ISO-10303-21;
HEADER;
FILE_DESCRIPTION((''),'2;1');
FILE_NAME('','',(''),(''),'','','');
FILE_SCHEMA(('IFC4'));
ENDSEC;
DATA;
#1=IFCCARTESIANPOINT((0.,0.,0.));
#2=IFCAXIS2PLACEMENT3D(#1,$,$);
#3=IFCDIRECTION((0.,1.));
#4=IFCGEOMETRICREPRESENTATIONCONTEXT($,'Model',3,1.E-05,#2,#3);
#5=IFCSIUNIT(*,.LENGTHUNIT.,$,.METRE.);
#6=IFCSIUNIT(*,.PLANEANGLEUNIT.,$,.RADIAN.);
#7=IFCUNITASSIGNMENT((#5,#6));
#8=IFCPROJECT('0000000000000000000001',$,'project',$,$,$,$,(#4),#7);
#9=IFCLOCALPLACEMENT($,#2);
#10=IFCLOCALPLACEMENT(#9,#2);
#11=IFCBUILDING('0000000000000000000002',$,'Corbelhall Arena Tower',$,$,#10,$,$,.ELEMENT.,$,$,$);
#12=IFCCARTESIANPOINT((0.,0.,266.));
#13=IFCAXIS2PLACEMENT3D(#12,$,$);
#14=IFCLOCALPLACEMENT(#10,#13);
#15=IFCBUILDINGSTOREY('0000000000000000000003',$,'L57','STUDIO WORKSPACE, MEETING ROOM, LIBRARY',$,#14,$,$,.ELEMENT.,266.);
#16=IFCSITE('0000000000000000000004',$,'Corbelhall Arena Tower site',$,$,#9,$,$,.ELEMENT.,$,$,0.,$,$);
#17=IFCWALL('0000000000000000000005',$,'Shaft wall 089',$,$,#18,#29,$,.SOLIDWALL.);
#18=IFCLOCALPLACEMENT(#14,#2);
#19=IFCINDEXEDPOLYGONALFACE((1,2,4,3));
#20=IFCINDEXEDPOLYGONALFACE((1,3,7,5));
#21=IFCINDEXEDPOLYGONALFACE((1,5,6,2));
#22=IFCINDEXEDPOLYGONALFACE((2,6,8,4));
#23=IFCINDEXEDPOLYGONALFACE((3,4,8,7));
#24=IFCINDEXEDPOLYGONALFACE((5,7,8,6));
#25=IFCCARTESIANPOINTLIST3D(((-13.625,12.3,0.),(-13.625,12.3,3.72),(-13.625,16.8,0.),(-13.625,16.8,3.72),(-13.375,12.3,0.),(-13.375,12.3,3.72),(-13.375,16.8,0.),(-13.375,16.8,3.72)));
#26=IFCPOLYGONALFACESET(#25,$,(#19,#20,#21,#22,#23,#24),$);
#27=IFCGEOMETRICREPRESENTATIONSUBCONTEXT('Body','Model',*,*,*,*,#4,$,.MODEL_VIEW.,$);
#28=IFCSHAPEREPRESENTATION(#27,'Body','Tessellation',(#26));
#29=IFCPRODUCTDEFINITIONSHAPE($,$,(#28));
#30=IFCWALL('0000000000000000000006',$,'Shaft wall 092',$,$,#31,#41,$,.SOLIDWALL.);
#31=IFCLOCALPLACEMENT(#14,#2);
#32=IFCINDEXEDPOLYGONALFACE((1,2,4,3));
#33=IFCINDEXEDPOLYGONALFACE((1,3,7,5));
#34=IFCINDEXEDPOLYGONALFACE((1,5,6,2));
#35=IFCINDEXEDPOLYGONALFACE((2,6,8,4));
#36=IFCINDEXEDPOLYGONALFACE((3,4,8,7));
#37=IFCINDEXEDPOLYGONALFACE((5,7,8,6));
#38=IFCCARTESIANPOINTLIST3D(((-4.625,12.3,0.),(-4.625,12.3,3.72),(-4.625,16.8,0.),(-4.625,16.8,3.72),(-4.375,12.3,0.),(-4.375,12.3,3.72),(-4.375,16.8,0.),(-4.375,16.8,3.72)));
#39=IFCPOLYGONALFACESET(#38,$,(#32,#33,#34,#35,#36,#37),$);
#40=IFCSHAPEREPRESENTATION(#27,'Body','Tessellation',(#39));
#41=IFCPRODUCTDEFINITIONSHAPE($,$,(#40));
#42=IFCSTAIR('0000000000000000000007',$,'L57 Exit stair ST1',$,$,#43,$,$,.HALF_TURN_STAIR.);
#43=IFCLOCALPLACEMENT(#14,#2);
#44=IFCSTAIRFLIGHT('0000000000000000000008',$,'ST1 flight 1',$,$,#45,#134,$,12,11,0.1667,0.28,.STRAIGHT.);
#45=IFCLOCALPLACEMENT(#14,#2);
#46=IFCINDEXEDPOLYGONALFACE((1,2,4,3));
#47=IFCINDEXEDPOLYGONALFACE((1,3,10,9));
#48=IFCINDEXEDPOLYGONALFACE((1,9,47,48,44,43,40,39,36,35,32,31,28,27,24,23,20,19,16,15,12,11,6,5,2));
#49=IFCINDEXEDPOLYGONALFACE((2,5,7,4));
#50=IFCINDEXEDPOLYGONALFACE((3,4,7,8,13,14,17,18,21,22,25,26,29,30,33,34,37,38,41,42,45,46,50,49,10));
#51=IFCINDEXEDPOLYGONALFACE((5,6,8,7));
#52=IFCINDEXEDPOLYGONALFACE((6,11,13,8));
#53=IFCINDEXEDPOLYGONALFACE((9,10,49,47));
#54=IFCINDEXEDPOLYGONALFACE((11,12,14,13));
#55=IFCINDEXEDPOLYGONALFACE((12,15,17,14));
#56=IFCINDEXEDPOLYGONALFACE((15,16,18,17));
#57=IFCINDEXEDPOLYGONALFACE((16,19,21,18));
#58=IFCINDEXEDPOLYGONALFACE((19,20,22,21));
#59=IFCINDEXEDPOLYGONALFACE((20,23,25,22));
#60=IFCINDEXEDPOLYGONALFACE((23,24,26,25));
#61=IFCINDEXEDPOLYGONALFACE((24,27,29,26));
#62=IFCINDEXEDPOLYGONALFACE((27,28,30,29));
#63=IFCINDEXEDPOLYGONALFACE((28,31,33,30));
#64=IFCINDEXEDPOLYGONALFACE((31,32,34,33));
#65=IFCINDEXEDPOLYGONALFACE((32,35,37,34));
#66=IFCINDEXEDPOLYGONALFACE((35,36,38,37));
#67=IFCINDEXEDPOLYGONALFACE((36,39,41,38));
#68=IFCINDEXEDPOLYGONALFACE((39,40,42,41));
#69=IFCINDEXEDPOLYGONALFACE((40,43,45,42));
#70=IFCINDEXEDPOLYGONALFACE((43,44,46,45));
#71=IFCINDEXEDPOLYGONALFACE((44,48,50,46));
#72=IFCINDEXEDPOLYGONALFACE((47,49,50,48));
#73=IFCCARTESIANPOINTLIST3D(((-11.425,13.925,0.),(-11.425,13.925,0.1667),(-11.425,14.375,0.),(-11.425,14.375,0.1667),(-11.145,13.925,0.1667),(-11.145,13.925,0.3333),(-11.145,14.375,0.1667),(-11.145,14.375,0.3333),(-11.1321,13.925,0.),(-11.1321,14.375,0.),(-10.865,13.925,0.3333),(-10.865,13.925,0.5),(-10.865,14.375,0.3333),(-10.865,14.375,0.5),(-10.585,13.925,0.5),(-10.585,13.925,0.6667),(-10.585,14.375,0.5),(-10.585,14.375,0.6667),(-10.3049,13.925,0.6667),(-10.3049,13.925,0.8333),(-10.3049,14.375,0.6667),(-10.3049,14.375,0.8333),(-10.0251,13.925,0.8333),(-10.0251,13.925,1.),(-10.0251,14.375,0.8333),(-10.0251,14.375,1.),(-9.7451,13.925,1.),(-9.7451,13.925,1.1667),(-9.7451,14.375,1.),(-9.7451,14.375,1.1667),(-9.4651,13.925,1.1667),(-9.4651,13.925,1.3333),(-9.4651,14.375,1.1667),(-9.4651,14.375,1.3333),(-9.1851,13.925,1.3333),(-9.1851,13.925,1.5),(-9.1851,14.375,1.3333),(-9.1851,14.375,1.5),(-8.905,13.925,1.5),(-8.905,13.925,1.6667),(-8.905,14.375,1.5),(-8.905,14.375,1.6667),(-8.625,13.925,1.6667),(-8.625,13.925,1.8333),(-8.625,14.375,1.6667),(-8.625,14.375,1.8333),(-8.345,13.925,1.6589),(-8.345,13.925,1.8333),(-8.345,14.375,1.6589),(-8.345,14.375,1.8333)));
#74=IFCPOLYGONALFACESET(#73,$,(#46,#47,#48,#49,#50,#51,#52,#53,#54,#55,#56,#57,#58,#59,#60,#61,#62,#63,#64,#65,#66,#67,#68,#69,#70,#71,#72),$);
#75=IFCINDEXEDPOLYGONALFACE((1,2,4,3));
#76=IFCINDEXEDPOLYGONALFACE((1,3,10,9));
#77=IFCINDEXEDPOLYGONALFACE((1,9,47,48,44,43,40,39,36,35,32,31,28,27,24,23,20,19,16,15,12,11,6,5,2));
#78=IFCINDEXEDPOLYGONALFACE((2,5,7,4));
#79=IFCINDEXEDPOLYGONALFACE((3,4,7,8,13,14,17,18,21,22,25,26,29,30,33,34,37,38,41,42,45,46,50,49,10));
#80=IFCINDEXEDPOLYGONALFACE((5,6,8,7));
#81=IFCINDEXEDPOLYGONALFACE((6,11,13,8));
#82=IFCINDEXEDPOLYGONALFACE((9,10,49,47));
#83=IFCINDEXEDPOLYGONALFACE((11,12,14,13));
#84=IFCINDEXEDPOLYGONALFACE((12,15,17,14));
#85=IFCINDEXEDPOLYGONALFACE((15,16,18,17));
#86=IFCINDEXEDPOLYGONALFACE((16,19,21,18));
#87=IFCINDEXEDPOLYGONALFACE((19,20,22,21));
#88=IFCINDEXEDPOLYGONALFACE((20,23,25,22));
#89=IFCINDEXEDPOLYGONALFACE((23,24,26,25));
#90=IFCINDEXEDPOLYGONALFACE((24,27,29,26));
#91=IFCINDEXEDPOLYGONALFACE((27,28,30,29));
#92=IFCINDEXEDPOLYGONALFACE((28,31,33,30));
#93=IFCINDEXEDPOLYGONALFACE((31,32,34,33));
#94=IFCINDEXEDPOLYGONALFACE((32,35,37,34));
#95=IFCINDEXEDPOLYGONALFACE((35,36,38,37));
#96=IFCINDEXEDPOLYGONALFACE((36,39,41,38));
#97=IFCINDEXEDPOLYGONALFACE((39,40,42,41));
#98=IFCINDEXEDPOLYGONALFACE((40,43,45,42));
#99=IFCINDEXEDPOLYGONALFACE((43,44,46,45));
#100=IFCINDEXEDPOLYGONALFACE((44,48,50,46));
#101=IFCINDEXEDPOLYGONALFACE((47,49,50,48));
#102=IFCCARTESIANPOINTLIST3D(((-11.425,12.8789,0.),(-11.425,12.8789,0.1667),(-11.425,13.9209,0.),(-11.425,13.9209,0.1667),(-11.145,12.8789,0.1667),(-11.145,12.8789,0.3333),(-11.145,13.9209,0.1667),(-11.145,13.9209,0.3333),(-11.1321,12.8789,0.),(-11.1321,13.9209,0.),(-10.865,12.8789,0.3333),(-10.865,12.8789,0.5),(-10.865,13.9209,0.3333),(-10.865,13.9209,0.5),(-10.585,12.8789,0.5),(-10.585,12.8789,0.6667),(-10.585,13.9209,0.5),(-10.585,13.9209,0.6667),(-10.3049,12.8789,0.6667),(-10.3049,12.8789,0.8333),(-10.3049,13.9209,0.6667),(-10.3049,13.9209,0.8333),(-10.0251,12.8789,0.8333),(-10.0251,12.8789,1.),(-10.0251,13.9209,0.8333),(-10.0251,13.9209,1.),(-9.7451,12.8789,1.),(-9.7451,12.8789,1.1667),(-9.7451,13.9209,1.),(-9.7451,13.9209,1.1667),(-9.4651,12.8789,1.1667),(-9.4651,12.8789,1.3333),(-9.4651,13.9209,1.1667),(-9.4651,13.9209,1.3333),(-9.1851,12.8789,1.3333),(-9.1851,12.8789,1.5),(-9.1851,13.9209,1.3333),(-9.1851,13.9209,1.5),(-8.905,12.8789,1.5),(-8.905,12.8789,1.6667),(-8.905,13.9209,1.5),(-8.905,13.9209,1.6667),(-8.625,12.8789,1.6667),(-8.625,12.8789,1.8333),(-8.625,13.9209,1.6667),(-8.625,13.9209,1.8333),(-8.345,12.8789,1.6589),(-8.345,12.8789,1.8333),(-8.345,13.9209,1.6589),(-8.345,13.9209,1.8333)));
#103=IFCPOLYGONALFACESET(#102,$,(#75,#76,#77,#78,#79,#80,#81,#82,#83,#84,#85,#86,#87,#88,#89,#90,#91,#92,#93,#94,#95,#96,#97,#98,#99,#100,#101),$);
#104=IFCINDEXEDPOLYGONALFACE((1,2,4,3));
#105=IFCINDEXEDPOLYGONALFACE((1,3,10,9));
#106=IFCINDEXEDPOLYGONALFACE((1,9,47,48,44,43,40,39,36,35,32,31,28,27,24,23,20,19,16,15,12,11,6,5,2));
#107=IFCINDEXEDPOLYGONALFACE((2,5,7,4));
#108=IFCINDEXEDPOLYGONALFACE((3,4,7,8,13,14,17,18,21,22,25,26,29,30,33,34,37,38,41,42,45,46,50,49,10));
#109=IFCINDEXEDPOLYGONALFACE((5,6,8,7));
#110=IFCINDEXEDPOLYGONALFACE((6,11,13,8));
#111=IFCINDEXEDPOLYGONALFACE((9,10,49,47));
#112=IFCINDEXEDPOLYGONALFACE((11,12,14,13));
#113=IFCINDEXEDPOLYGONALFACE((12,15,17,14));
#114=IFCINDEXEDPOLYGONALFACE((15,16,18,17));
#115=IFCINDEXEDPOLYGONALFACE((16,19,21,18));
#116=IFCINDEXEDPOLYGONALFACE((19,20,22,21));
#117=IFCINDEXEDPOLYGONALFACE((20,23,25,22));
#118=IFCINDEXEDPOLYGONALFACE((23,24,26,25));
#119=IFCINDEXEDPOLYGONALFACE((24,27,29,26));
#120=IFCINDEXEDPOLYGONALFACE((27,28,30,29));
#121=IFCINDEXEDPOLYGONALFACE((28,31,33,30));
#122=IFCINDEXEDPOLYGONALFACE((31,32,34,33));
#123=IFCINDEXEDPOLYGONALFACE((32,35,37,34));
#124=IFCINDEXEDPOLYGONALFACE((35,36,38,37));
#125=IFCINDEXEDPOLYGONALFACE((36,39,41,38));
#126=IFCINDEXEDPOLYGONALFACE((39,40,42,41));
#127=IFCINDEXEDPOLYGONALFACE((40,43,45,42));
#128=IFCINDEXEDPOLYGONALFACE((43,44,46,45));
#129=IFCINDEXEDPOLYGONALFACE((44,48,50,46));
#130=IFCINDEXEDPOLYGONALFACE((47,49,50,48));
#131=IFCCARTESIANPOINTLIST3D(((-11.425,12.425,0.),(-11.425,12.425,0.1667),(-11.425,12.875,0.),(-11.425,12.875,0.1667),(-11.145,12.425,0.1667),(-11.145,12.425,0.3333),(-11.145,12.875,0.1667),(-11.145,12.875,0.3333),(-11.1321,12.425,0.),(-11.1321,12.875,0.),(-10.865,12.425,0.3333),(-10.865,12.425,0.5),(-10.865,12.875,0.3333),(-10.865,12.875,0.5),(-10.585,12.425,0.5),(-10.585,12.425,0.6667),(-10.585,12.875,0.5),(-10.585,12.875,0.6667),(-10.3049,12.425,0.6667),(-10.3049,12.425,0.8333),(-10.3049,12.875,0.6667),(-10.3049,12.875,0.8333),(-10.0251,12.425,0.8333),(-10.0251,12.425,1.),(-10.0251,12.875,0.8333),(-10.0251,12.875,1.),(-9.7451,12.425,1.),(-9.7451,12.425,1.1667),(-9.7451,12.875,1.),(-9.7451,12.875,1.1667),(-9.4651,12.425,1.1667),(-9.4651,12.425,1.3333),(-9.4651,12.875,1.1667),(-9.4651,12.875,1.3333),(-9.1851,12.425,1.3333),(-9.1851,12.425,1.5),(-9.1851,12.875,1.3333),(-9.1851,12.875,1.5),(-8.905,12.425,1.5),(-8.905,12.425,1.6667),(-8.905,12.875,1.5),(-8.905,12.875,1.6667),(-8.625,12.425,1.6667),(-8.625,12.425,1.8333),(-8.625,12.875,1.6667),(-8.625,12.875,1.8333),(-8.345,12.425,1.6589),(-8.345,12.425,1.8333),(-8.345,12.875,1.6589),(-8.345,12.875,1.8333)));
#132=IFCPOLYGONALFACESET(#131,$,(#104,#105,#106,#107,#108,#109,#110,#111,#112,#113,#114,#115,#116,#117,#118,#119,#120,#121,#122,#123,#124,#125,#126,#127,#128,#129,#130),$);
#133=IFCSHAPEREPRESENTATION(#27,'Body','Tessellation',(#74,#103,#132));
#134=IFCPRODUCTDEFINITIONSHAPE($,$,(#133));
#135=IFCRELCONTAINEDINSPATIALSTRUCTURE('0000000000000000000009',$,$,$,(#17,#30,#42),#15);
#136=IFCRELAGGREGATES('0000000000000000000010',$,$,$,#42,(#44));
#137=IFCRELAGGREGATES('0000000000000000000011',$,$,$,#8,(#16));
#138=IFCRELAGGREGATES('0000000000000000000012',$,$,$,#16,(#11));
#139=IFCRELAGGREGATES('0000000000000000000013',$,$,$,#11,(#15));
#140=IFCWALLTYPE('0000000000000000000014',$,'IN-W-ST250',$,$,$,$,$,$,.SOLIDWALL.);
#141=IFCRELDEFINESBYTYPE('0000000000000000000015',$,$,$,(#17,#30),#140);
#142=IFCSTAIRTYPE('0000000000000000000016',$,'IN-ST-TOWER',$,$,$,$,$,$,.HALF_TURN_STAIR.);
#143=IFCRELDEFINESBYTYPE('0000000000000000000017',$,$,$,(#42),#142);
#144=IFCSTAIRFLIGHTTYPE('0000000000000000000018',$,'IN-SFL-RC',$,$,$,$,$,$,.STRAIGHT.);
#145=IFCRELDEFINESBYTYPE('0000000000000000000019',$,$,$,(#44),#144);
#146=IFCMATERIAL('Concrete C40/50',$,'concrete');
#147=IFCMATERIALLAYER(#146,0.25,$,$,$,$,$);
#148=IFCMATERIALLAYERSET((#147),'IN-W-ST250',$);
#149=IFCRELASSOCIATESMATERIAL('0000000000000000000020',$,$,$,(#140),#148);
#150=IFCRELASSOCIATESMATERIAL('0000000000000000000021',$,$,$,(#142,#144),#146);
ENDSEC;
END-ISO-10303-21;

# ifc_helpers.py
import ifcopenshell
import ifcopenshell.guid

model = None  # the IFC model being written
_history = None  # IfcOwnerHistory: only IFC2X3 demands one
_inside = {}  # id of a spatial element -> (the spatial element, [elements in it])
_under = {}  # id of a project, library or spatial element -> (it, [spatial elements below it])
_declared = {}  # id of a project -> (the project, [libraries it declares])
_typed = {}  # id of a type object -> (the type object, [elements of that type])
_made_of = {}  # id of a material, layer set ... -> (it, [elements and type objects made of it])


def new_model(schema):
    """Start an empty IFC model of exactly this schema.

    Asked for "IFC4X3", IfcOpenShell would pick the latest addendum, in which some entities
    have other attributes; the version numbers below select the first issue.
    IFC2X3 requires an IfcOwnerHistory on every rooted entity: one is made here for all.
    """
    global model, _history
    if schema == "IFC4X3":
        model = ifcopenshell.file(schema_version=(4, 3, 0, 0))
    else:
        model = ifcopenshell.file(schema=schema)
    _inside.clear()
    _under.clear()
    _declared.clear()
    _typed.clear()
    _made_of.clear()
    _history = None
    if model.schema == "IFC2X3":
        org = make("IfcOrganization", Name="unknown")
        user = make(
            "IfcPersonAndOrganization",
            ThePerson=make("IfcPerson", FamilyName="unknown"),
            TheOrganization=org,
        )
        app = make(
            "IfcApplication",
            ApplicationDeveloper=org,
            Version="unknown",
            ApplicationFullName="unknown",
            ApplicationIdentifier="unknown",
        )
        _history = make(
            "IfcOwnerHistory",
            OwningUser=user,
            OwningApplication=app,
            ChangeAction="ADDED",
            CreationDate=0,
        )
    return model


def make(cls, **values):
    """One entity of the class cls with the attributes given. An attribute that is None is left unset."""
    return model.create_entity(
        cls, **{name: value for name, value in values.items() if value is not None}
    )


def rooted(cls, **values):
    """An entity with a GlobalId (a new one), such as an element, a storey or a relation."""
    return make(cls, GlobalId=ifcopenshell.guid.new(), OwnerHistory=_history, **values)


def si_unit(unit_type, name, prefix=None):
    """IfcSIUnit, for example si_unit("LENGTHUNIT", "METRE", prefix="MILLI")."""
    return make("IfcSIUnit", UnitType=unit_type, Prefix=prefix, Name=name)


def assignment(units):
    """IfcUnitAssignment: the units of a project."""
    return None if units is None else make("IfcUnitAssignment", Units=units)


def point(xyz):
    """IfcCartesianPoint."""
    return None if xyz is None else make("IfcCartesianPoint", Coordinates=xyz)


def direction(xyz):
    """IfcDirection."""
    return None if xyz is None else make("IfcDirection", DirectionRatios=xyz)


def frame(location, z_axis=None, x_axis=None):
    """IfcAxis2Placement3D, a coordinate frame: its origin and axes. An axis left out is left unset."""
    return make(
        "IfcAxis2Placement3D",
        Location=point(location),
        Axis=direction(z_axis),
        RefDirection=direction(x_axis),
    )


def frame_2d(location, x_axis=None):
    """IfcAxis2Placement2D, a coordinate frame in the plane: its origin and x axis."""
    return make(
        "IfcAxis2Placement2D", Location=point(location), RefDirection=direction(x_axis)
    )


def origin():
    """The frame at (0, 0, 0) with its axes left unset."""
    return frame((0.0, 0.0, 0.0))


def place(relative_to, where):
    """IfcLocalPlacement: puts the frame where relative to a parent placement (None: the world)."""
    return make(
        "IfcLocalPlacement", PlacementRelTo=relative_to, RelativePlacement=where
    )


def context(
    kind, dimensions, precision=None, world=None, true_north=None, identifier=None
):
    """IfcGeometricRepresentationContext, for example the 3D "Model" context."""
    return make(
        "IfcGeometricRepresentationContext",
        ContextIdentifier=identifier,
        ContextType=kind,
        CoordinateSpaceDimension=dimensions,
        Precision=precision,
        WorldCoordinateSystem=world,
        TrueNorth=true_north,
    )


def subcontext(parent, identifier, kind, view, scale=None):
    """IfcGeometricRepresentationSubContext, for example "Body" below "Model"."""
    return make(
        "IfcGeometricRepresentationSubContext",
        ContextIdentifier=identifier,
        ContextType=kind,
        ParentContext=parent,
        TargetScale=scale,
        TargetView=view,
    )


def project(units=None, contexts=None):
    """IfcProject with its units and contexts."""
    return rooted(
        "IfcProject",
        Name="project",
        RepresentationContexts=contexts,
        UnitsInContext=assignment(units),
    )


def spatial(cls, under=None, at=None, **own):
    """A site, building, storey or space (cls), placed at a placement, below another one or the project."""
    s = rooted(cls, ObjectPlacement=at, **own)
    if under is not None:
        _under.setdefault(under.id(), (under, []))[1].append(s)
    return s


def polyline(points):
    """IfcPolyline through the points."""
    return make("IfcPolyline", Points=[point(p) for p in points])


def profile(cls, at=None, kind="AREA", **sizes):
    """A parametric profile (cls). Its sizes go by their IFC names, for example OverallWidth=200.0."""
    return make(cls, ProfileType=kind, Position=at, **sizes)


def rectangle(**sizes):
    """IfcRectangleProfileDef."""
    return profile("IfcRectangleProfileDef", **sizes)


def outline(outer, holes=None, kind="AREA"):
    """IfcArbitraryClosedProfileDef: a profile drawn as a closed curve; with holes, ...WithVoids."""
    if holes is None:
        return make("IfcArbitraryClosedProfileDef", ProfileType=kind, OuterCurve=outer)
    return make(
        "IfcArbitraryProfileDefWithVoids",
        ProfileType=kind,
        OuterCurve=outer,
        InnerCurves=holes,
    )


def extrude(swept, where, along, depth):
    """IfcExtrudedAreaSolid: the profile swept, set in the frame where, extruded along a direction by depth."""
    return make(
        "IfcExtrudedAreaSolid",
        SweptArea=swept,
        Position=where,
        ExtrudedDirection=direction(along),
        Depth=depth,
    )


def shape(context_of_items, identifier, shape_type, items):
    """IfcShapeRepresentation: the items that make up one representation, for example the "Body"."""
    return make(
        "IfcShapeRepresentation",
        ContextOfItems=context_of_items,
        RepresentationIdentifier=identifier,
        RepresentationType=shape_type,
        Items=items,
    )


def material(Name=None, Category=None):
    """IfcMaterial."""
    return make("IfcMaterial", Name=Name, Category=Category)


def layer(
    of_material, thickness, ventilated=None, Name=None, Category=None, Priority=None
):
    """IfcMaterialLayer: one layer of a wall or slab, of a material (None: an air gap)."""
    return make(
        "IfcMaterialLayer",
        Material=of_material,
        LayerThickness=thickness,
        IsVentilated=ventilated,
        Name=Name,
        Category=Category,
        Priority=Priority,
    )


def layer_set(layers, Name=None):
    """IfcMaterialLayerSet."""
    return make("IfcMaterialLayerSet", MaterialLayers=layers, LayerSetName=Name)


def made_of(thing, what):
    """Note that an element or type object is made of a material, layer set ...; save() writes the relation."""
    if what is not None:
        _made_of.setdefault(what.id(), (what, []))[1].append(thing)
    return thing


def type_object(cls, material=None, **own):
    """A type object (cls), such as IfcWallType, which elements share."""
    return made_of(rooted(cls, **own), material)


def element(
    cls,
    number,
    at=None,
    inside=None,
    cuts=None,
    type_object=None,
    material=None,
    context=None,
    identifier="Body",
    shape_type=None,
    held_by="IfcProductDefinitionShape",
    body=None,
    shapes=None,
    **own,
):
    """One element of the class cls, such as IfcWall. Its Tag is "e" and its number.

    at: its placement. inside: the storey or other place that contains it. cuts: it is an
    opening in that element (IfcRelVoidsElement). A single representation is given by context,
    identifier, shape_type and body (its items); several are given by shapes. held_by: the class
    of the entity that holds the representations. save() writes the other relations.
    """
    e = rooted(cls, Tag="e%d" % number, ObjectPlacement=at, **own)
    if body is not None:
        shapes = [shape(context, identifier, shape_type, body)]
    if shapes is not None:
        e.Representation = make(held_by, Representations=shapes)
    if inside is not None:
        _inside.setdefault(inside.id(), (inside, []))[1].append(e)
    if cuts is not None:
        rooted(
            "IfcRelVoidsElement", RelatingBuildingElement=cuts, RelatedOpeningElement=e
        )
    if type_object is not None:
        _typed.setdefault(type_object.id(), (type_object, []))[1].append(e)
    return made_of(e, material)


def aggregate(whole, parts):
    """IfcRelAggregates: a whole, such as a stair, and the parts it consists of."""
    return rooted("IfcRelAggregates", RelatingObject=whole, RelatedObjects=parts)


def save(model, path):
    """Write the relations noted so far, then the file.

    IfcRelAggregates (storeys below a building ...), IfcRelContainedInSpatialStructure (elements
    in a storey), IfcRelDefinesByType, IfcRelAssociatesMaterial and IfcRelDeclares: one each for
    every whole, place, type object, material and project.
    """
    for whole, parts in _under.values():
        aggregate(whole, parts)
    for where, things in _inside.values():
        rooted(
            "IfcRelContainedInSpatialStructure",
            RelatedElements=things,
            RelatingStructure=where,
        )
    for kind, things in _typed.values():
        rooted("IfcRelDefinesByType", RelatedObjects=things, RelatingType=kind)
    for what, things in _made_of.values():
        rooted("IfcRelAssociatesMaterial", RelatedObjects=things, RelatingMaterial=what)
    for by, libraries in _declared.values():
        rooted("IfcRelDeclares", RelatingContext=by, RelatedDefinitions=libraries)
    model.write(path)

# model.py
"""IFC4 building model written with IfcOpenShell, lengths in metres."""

from ifc_helpers import new_model, si_unit, direction, frame, frame_2d, origin, place, context, subcontext, project, spatial, polyline, rectangle, outline, extrude, material, layer, layer_set, type_object, element, aggregate, save


model = new_model("IFC4")

# Units and contexts
model_context = context("Model", 3, precision=1e-05, world=origin(), true_north=direction((0.0, 1.0)))
body_context = subcontext(model_context, "Body", "Model", "MODEL_VIEW")
ifc_project = project(units=[si_unit("LENGTHUNIT", "METRE"), si_unit("PLANEANGLEUNIT", "RADIAN")], contexts=[model_context])

# Site, building, storey
site_placement = place(None, origin())
site = spatial("IfcSite", under=ifc_project, at=site_placement, Name="Corbelhall Arena Tower site", CompositionType="ELEMENT", RefElevation=0.0)
building_placement = place(site_placement, origin())
building = spatial("IfcBuilding", under=site, at=building_placement, Name="Corbelhall Arena Tower", CompositionType="ELEMENT")
storey_placement = place(building_placement, frame((0.0, 0.0, 266.0)))
storey = spatial("IfcBuildingStorey", under=building, at=storey_placement, Name="L57", Description="STUDIO WORKSPACE, MEETING ROOM, LIBRARY", CompositionType="ELEMENT", Elevation=266.0)

# Walls
ifc_material_1 = material(Name="Concrete C40/50", Category="concrete")
ifc_layer_1 = layer(ifc_material_1, 0.25)
ifc_layer_set_1 = layer_set([ifc_layer_1], Name="IN-W-ST250")
wall_type_1 = type_object("IfcWallType", Name="IN-W-ST250", PredefinedType="SOLIDWALL", material=ifc_layer_set_1)
for number, where, z_axis, x_axis, name in (
    (1, (-13.5, 12.3, 0.0), (0.0, 0.0, 1.0), (0.0, 1.0, 0.0), "Shaft wall 089"),
    (2, (-4.5, 16.8, 0.0), (0.0, 0.0, 1.0), (0.0, -1.0, 0.0), "Shaft wall 092"),
):
    element("IfcWall", number, at=place(storey_placement, frame(where, z_axis=z_axis, x_axis=x_axis)), inside=storey, type_object=wall_type_1, Name=name, PredefinedType="SOLIDWALL", context=body_context, shape_type="SweptSolid", body=[
        extrude(rectangle(XDim=4.5, YDim=0.25, at=frame_2d((2.25, 0.0))), origin(), (0.0, 0.0, 1.0), 3.72),
    ])

# Stair, stair flight
stair_type = type_object("IfcStairType", Name="IN-ST-TOWER", PredefinedType="HALF_TURN_STAIR", material=ifc_material_1)
stair_placement = place(storey_placement, origin())
stair = element("IfcStair", 3, at=stair_placement, inside=storey, type_object=stair_type, Name="L57 Exit stair ST1", PredefinedType="HALF_TURN_STAIR")
stair_flight_type = type_object("IfcStairFlightType", Name="IN-SFL-RC", PredefinedType="STRAIGHT", material=ifc_material_1)
stair_flight_1_placement = place(storey_placement, frame((-11.425, 13.3999, 0.0), z_axis=(0.0, 0.0, 1.0), x_axis=(1.0, 0.0, 0.0)))
stair_flight_1 = element("IfcStairFlight", 4, at=stair_flight_1_placement, type_object=stair_flight_type, Name="ST1 flight 1", NumberOfRisers=12, NumberOfTreads=11, PredefinedType="STRAIGHT", RiserHeight=0.1667, TreadLength=0.28, context=body_context, shape_type="SweptSolid", body=[
    extrude(outline(polyline([(0.0, 0.0), (0.0, 0.1667), (0.28, 0.1667), (0.28, 0.3333), (0.5601, 0.3333), (0.5601, 0.5), (0.8401, 0.5), (0.8401, 0.6667), (1.1201, 0.6667), (1.1201, 0.8333), (1.3999, 0.8333), (1.3999, 1.0), (1.6799, 1.0), (1.6799, 1.1667), (1.96, 1.1667), (1.96, 1.3333), (2.24, 1.3333), (2.24, 1.5), (2.52, 1.5), (2.52, 1.6667), (2.8, 1.6667), (2.8, 1.8333), (3.0801, 1.8333), (3.0801, 2.0), (3.0801, 1.6589), (0.293, 0.0), (0.0, 0.0)])), frame((0.0, 0.9751, 0.0), z_axis=(0.0, -1.0, 0.0), x_axis=(1.0, 0.0, 0.0)), (0.0, 0.0, 1.0), 0.45),
    extrude(outline(polyline([(0.0, 0.0), (0.0, 0.1667), (0.28, 0.1667), (0.28, 0.3333), (0.5601, 0.3333), (0.5601, 0.5), (0.8401, 0.5), (0.8401, 0.6667), (1.1201, 0.6667), (1.1201, 0.8333), (1.3999, 0.8333), (1.3999, 1.0), (1.6799, 1.0), (1.6799, 1.1667), (1.96, 1.1667), (1.96, 1.3333), (2.24, 1.3333), (2.24, 1.5), (2.52, 1.5), (2.52, 1.6667), (2.8, 1.6667), (2.8, 1.8333), (3.0801, 1.8333), (3.0801, 2.0), (3.0801, 1.6589), (0.293, 0.0), (0.0, 0.0)])), frame((0.0, 0.521, 0.0), z_axis=(0.0, -1.0, 0.0), x_axis=(1.0, 0.0, 0.0)), (0.0, 0.0, 1.0), 1.042),
    extrude(outline(polyline([(0.0, 0.0), (0.0, 0.1667), (0.28, 0.1667), (0.28, 0.3333), (0.5601, 0.3333), (0.5601, 0.5), (0.8401, 0.5), (0.8401, 0.6667), (1.1201, 0.6667), (1.1201, 0.8333), (1.3999, 0.8333), (1.3999, 1.0), (1.6799, 1.0), (1.6799, 1.1667), (1.96, 1.1667), (1.96, 1.3333), (2.24, 1.3333), (2.24, 1.5), (2.52, 1.5), (2.52, 1.6667), (2.8, 1.6667), (2.8, 1.8333), (3.0801, 1.8333), (3.0801, 2.0), (3.0801, 1.6589), (0.293, 0.0), (0.0, 0.0)])), frame((0.0, -0.5249, 0.0), z_axis=(0.0, -1.0, 0.0), x_axis=(1.0, 0.0, 0.0)), (0.0, 0.0, 1.0), 0.45),
])
aggregate(stair, [stair_flight_1])

save(model, "model.ifc")
